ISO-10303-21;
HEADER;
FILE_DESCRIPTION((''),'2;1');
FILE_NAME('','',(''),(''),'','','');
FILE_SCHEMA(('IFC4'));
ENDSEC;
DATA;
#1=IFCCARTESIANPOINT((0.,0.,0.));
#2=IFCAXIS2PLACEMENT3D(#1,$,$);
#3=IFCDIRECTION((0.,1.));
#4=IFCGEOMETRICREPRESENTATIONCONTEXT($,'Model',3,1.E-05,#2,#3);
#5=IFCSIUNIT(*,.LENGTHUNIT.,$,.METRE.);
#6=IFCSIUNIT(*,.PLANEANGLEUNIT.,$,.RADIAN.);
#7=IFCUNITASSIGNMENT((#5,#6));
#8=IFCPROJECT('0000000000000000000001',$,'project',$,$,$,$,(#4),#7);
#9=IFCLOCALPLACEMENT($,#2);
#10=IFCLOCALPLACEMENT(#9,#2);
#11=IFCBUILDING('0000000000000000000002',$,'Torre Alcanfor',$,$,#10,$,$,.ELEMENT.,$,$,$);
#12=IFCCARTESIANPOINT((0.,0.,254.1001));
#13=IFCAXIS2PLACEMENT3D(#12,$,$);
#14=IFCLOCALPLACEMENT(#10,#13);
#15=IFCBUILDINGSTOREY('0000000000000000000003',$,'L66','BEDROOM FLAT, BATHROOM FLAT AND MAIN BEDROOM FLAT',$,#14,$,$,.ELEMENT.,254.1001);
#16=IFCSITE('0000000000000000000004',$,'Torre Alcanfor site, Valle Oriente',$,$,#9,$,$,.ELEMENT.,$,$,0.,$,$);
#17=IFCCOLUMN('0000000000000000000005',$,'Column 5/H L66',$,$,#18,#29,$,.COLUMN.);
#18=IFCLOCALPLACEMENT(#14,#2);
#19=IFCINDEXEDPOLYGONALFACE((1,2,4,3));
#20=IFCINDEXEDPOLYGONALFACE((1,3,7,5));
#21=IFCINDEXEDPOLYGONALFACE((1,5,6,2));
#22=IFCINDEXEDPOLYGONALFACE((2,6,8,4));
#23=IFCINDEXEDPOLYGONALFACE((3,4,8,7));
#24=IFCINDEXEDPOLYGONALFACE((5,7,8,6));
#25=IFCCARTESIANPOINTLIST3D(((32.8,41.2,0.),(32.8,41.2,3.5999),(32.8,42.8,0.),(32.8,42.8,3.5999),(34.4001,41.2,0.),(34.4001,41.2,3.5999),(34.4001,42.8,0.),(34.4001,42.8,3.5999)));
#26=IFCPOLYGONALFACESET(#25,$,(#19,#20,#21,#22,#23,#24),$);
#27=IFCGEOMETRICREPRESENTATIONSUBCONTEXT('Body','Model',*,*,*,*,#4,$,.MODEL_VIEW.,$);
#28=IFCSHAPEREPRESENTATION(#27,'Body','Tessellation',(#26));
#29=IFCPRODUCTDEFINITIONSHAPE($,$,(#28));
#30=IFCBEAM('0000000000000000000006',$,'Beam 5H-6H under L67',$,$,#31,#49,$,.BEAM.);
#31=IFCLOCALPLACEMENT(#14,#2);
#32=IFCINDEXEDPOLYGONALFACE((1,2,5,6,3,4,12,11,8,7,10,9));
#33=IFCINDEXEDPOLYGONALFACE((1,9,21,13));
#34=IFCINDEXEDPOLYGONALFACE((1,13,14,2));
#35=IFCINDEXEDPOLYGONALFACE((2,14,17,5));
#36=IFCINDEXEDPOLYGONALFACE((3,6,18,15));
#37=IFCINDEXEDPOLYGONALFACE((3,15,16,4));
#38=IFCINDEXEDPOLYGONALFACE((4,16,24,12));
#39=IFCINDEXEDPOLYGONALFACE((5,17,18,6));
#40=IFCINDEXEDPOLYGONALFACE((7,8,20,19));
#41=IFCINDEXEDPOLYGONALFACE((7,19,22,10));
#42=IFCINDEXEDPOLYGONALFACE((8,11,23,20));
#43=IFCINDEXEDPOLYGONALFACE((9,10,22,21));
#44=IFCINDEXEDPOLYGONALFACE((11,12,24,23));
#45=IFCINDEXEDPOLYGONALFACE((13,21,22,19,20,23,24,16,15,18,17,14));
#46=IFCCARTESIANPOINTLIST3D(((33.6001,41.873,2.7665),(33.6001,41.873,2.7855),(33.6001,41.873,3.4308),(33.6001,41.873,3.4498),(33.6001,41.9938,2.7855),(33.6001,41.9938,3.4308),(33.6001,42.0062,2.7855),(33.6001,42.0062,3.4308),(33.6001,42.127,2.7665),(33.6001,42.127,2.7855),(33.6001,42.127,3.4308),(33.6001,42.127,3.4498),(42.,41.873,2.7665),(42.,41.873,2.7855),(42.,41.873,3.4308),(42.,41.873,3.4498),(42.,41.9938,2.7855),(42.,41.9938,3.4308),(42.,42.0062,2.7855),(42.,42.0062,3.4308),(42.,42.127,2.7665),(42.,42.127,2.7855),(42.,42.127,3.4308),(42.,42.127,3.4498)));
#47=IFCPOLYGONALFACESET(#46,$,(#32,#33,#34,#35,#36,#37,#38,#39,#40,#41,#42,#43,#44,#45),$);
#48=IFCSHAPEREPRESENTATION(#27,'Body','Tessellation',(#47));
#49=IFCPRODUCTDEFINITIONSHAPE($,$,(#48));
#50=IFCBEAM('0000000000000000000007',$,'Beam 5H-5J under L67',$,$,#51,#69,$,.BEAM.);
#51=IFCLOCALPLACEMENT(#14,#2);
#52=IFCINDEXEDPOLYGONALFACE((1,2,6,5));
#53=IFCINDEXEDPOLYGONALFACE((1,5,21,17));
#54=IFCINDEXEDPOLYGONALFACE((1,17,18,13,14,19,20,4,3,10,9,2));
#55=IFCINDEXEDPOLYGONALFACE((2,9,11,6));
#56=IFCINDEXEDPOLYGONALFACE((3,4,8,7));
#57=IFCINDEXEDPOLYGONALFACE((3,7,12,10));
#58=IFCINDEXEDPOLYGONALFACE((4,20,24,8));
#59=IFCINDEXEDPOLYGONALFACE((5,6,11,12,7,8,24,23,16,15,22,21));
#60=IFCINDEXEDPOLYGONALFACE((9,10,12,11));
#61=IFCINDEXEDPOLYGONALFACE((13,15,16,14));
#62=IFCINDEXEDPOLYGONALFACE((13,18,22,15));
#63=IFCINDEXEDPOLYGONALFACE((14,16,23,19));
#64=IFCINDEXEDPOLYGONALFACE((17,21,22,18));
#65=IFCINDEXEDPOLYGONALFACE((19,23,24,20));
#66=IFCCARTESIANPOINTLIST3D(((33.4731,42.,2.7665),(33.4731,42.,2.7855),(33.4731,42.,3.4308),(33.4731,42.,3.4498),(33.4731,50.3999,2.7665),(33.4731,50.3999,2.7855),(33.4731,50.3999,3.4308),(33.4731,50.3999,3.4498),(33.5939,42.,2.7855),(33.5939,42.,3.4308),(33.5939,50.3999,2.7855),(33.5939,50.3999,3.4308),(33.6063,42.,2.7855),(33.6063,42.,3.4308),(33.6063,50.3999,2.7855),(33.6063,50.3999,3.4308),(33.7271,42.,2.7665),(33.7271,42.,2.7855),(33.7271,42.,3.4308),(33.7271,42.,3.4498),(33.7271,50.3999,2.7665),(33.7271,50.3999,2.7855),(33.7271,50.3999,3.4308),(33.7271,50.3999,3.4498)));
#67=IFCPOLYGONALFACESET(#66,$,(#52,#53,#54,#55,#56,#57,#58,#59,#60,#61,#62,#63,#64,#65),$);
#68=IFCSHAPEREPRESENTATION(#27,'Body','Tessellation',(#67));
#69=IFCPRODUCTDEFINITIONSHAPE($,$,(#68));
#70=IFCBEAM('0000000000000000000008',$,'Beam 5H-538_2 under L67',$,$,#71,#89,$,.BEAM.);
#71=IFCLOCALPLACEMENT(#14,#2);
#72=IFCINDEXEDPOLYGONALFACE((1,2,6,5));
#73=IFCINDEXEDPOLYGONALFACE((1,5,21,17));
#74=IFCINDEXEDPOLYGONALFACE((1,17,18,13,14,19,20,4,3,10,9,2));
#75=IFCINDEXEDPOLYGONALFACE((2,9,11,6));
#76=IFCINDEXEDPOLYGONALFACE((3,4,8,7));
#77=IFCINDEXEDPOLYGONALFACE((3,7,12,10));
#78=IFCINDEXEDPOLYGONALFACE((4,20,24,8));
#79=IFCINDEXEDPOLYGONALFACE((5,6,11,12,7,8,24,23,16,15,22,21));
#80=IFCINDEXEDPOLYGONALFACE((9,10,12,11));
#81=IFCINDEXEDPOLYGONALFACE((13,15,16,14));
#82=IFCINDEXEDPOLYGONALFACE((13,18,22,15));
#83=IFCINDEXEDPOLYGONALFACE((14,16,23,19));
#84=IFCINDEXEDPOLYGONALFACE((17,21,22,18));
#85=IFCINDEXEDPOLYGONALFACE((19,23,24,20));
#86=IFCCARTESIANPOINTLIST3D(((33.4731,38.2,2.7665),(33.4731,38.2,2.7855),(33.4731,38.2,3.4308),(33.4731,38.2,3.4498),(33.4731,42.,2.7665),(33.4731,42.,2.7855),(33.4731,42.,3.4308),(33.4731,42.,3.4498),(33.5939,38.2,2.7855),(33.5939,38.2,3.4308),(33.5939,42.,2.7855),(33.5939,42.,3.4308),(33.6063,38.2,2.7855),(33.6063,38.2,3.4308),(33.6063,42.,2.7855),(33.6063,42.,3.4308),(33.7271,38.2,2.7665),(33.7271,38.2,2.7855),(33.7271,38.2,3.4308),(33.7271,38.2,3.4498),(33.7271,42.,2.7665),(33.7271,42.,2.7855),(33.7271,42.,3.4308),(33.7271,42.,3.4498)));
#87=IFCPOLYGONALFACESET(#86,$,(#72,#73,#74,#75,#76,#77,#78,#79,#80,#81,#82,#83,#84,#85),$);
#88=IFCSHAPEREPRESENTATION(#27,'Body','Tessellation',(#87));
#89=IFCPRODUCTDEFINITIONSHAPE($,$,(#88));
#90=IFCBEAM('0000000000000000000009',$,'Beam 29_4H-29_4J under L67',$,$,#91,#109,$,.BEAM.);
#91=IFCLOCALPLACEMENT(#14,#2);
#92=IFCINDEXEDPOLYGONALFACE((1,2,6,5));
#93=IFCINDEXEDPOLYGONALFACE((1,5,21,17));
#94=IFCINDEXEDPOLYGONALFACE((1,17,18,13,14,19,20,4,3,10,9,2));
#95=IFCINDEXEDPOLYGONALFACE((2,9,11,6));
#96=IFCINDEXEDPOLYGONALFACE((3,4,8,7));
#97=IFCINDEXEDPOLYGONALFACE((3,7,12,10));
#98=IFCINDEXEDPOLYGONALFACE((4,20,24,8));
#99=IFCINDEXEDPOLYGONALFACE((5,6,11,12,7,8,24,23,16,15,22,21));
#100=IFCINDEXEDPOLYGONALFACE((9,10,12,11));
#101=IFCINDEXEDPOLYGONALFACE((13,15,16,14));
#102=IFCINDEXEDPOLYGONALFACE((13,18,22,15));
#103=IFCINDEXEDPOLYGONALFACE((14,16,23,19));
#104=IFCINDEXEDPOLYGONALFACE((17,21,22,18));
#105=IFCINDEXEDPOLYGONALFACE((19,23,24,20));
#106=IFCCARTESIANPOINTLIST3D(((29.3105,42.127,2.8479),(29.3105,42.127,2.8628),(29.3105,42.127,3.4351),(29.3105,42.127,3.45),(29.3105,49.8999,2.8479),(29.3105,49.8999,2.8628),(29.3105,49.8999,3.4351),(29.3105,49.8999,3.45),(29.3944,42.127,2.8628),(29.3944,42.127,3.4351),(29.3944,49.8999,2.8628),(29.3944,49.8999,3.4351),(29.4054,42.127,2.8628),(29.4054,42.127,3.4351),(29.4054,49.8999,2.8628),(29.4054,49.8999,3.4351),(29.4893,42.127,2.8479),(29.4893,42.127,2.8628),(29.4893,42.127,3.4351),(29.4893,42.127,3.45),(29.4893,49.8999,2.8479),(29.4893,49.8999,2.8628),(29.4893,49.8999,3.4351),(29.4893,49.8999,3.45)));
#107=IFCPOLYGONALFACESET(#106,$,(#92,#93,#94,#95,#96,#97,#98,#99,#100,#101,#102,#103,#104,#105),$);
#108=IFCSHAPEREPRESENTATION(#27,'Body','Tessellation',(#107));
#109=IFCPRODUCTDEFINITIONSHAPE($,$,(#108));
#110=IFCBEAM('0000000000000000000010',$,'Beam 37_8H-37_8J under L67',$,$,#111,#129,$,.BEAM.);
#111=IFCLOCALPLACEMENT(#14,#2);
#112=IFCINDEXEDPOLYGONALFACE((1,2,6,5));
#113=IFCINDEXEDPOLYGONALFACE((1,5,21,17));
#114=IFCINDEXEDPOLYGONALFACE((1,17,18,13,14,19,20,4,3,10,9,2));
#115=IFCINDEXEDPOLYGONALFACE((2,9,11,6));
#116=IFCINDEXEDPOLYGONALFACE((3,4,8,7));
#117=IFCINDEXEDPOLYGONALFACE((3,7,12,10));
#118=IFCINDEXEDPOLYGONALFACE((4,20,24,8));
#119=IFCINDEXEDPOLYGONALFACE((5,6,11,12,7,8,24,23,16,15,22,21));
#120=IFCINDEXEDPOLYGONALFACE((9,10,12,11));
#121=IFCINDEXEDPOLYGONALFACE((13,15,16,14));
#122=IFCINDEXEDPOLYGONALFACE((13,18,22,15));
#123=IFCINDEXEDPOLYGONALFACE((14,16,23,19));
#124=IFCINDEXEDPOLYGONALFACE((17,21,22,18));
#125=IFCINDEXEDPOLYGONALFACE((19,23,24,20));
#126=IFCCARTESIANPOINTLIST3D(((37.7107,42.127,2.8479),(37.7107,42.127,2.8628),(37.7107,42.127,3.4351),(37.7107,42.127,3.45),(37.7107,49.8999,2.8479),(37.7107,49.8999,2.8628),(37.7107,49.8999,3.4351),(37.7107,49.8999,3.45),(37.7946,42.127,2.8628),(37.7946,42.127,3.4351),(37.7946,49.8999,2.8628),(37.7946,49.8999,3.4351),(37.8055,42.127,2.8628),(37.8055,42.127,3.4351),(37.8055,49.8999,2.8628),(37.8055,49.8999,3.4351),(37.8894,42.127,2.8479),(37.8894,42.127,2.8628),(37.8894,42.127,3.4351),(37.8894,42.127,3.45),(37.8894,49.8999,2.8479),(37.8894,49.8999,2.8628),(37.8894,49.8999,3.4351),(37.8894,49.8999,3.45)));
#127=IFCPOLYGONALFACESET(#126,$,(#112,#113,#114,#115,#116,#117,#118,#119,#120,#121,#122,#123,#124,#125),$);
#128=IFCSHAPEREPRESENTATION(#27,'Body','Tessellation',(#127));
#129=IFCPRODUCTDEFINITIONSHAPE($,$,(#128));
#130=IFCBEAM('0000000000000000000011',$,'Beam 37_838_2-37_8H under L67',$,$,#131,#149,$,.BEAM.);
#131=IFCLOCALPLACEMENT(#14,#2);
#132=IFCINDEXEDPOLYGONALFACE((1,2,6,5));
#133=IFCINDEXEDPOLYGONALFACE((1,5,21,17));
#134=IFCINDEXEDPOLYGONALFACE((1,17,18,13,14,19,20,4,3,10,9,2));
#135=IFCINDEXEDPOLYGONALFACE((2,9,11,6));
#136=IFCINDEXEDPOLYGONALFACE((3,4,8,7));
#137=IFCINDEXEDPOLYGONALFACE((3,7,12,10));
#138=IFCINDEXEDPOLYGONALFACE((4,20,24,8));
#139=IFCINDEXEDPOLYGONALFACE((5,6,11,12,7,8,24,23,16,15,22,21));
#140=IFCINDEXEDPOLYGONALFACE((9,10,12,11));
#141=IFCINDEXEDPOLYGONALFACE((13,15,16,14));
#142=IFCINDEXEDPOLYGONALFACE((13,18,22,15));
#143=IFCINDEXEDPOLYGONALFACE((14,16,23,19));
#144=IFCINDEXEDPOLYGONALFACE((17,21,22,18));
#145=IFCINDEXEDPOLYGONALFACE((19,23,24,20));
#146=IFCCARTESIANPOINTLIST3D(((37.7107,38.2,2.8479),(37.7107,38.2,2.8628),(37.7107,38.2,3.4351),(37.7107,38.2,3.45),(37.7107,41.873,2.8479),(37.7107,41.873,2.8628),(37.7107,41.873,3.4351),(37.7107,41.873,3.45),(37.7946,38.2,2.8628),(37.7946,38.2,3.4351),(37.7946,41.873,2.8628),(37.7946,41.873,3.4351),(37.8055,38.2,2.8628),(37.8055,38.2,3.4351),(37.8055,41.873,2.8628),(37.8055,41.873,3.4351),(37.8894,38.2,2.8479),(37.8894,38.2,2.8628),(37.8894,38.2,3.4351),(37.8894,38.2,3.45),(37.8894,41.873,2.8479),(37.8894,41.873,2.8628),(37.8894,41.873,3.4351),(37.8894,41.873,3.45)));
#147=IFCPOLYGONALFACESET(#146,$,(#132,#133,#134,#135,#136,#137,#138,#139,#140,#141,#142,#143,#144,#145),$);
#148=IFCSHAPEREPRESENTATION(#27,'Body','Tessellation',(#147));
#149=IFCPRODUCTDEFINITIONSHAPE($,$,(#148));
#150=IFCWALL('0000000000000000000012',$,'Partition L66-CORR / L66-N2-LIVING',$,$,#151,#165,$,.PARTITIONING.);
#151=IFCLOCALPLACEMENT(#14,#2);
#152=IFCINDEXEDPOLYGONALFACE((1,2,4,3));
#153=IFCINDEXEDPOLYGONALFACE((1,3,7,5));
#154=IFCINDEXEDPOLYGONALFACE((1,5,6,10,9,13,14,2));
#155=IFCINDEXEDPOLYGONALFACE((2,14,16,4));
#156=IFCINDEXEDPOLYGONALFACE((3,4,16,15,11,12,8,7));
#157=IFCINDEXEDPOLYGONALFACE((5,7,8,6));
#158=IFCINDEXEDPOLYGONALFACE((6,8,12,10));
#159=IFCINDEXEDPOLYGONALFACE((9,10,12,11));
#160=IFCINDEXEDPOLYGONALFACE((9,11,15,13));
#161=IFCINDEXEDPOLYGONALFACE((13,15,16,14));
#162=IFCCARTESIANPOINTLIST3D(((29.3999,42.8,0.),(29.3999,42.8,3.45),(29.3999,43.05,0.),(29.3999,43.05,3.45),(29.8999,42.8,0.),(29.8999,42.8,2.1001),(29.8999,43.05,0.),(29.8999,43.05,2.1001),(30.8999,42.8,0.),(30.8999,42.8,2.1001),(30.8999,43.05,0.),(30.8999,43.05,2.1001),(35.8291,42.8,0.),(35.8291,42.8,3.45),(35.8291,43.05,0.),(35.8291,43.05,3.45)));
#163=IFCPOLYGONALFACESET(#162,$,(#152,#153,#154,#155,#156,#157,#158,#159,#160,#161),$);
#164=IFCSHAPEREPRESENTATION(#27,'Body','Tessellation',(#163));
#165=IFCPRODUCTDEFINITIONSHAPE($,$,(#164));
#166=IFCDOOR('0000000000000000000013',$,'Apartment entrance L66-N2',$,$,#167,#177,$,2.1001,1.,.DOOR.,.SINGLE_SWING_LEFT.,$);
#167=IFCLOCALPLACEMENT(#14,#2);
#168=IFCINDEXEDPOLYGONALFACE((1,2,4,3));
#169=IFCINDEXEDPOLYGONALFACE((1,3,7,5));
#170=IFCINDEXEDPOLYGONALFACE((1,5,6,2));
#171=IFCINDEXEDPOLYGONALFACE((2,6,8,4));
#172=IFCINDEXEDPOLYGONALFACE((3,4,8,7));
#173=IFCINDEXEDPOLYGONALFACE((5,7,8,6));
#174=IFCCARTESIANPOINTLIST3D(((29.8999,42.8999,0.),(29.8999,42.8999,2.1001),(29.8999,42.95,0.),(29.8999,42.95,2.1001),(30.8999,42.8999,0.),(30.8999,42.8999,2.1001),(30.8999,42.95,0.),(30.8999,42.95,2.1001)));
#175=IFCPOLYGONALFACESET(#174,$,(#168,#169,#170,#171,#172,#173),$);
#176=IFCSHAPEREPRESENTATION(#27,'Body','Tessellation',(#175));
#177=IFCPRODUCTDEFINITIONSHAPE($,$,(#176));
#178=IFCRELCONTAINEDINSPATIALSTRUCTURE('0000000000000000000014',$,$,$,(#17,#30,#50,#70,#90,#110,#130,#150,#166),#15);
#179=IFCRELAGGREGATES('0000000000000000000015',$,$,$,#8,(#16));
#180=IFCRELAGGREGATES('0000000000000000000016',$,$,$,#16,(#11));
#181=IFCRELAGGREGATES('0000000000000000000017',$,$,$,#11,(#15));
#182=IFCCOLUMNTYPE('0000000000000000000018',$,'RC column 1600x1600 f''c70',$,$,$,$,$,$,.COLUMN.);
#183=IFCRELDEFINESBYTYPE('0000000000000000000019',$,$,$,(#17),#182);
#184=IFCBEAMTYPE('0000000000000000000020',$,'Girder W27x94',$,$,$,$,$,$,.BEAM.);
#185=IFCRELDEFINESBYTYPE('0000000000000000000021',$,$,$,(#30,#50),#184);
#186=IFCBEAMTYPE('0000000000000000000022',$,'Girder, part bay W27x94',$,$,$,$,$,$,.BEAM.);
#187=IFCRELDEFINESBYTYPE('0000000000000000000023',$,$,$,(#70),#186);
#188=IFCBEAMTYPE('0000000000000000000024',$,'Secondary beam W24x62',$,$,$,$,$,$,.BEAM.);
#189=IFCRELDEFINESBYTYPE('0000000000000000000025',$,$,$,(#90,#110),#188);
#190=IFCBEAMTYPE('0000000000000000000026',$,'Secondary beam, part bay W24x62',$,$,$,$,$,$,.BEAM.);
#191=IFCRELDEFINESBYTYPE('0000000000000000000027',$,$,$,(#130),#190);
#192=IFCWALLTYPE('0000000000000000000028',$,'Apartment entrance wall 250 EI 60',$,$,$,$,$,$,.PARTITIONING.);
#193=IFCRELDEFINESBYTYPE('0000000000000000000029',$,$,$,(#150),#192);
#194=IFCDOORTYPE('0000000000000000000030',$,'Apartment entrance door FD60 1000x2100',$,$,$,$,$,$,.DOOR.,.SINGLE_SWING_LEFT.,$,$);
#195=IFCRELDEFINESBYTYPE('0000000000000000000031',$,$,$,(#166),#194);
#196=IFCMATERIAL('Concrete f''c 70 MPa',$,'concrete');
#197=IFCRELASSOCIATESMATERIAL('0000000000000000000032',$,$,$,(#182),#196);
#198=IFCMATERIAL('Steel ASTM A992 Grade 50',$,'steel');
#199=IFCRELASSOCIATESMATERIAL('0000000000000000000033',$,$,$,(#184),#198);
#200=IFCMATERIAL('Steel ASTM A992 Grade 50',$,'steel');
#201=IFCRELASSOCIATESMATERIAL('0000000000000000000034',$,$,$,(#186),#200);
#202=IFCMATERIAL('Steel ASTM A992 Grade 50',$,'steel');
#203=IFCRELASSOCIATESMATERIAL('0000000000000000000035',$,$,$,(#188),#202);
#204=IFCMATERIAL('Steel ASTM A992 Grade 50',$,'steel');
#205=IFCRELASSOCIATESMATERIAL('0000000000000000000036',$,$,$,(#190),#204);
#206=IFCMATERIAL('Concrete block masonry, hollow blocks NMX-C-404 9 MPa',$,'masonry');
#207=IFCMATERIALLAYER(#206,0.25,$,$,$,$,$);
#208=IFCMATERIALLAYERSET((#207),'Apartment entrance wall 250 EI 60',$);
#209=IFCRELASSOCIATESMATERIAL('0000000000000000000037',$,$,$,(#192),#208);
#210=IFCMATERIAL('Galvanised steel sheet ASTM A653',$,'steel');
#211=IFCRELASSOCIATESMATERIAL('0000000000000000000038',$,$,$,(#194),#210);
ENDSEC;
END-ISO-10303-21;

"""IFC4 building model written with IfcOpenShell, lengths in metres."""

from ifc_helpers import new_model, si_unit, direction, frame, frame_2d, origin, origin_2d, place, context, subcontext, project, spatial, rectangle, i_section, extrude, material, layer, layer_set, material_profile, profile_set, type_object, element, fill, save


model = new_model("IFC4")

# Units and contexts
model_context = context("Model", 3, precision=1e-05, world=origin(), true_north=direction((0.0, 1.0)))
body_context = subcontext(model_context, "Body", "Model", "MODEL_VIEW")
ifc_project = project(units=[si_unit("LENGTHUNIT", "METRE"), si_unit("PLANEANGLEUNIT", "RADIAN")], contexts=[model_context])

# Site, building, storey
site_placement = place(None, origin())
site = spatial("IfcSite", under=ifc_project, at=site_placement, Name="Torre Alcanfor site, Valle Oriente", CompositionType="ELEMENT", RefElevation=0.0)
building_placement = place(site_placement, origin())
building = spatial("IfcBuilding", under=site, at=building_placement, Name="Torre Alcanfor", CompositionType="ELEMENT")
storey_placement = place(building_placement, frame((0.0, 0.0, 254.1001)))
storey = spatial("IfcBuildingStorey", under=building, at=storey_placement, Name="L66", Description="BEDROOM FLAT, BATHROOM FLAT AND MAIN BEDROOM FLAT", CompositionType="ELEMENT", Elevation=254.1001)

# Column
ifc_material_1 = material(Name="Concrete f'c 70 MPa", Category="concrete")
ifc_material_profile_1 = material_profile(ifc_material_1, rectangle(XDim=1.6001, YDim=1.6001, at=origin_2d()), Name="1600x1600")
ifc_profile_set_1 = profile_set([ifc_material_profile_1], Name="Concrete f'c 70 MPa")
column_type = type_object("IfcColumnType", Name="RC column 1600x1600 f'c70", PredefinedType="COLUMN", material=ifc_profile_set_1)
column_placement = place(storey_placement, frame((33.6001, 42.0, 0.0), z_axis=(0.0, 0.0, 1.0), x_axis=(1.0, 0.0, 0.0)))
element("IfcColumn", 1, at=column_placement, inside=storey, type_object=column_type, Name="Column 5/H L66", PredefinedType="COLUMN", context=body_context, shape_type="SweptSolid", body=[
    extrude(rectangle(XDim=1.6001, YDim=1.6001, at=origin_2d()), origin(), (0.0, 0.0, 1.0), 3.5999),
])

# Beams
ifc_material_2 = material(Name="Steel ASTM A992 Grade 50", Category="steel")
ifc_material_profile_2 = material_profile(ifc_material_2, i_section(OverallWidth=0.2539, OverallDepth=0.6833, WebThickness=0.0125, FlangeThickness=0.019, at=origin_2d()), Name="W27x94")
ifc_profile_set_2 = profile_set([ifc_material_profile_2], Name="Steel ASTM A992 Grade 50")
beam_type_1 = type_object("IfcBeamType", Name="Girder W27x94", PredefinedType="BEAM", material=ifc_profile_set_2)
for number, where, z_axis, x_axis, name in (
    (2, (33.6001, 42.0, 3.1082), (1.0, 0.0, 0.0), (0.0, 1.0, 0.0), "Beam 5H-6H under L67"),
    (3, (33.6001, 42.0, 3.1082), (0.0, 1.0, 0.0), (-1.0, 0.0, 0.0), "Beam 5H-5J under L67"),
):
    element("IfcBeam", number, at=place(storey_placement, frame(where, z_axis=z_axis, x_axis=x_axis)), inside=storey, type_object=beam_type_1, Name=name, PredefinedType="BEAM", context=body_context, shape_type="SweptSolid", body=[
        extrude(i_section(OverallWidth=0.2539, OverallDepth=0.6833, WebThickness=0.0125, FlangeThickness=0.019, at=origin_2d()), origin(), (0.0, 0.0, 1.0), 8.3999),
    ])
ifc_material_3 = material(Name="Steel ASTM A992 Grade 50", Category="steel")
ifc_material_profile_3 = material_profile(ifc_material_3, i_section(OverallWidth=0.2539, OverallDepth=0.6833, WebThickness=0.0125, FlangeThickness=0.019, at=origin_2d()), Name="W27x94")
ifc_profile_set_3 = profile_set([ifc_material_profile_3], Name="Steel ASTM A992 Grade 50")
beam_type_2 = type_object("IfcBeamType", Name="Girder, part bay W27x94", PredefinedType="BEAM", material=ifc_profile_set_3)
beam_1_placement = place(storey_placement, frame((33.6001, 42.0, 3.1082), z_axis=(0.0, -1.0, 0.0), x_axis=(1.0, 0.0, 0.0)))
element("IfcBeam", 4, at=beam_1_placement, inside=storey, type_object=beam_type_2, Name="Beam 5H-538_2 under L67", PredefinedType="BEAM", context=body_context, shape_type="SweptSolid", body=[
    extrude(i_section(OverallWidth=0.2539, OverallDepth=0.6833, WebThickness=0.0125, FlangeThickness=0.019, at=origin_2d()), origin(), (0.0, 0.0, 1.0), 3.8),
])
ifc_material_4 = material(Name="Steel ASTM A992 Grade 50", Category="steel")
ifc_material_profile_4 = material_profile(ifc_material_4, i_section(OverallWidth=0.1787, OverallDepth=0.6021, WebThickness=0.011, FlangeThickness=0.0149, at=origin_2d()), Name="W24x62")
ifc_profile_set_4 = profile_set([ifc_material_profile_4], Name="Steel ASTM A992 Grade 50")
beam_type_3 = type_object("IfcBeamType", Name="Secondary beam W24x62", PredefinedType="BEAM", material=ifc_profile_set_4)
for number, where, z_axis, x_axis, name in (
    (5, (29.3999, 42.127, 3.1489), (0.0, 1.0, 0.0), (-1.0, 0.0, 0.0), "Beam 29_4H-29_4J under L67"),
    (6, (37.8, 42.127, 3.1489), (0.0, 1.0, 0.0), (-1.0, 0.0, 0.0), "Beam 37_8H-37_8J under L67"),
):
    element("IfcBeam", number, at=place(storey_placement, frame(where, z_axis=z_axis, x_axis=x_axis)), inside=storey, type_object=beam_type_3, Name=name, PredefinedType="BEAM", context=body_context, shape_type="SweptSolid", body=[
        extrude(i_section(OverallWidth=0.1787, OverallDepth=0.6021, WebThickness=0.011, FlangeThickness=0.0149, at=origin_2d()), origin(), (0.0, 0.0, 1.0), 7.7729),
    ])
ifc_material_5 = material(Name="Steel ASTM A992 Grade 50", Category="steel")
ifc_material_profile_5 = material_profile(ifc_material_5, i_section(OverallWidth=0.1787, OverallDepth=0.6021, WebThickness=0.011, FlangeThickness=0.0149, at=origin_2d()), Name="W24x62")
ifc_profile_set_5 = profile_set([ifc_material_profile_5], Name="Steel ASTM A992 Grade 50")
beam_type_4 = type_object("IfcBeamType", Name="Secondary beam, part bay W24x62", PredefinedType="BEAM", material=ifc_profile_set_5)
beam_2_placement = place(storey_placement, frame((37.8, 38.2, 3.1489), z_axis=(0.0, 1.0, 0.0), x_axis=(-1.0, 0.0, 0.0)))
element("IfcBeam", 7, at=beam_2_placement, inside=storey, type_object=beam_type_4, Name="Beam 37_838_2-37_8H under L67", PredefinedType="BEAM", context=body_context, shape_type="SweptSolid", body=[
    extrude(i_section(OverallWidth=0.1787, OverallDepth=0.6021, WebThickness=0.011, FlangeThickness=0.0149, at=origin_2d()), origin(), (0.0, 0.0, 1.0), 3.6731),
])

# Wall, opening, door
ifc_material_6 = material(Name="Concrete block masonry, hollow blocks NMX-C-404 9 MPa", Category="masonry")
ifc_layer_1 = layer(ifc_material_6, 0.25)
ifc_layer_set_1 = layer_set([ifc_layer_1], Name="Apartment entrance wall 250 EI 60")
wall_type_1 = type_object("IfcWallType", Name="Apartment entrance wall 250 EI 60", PredefinedType="PARTITIONING", material=ifc_layer_set_1)
wall_1_placement = place(storey_placement, frame((29.3999, 42.925, 0.0), z_axis=(0.0, 0.0, 1.0), x_axis=(1.0, 0.0, 0.0)))
wall_1 = element("IfcWall", 8, at=wall_1_placement, inside=storey, type_object=wall_type_1, Name="Partition L66-CORR / L66-N2-LIVING", PredefinedType="PARTITIONING", context=body_context, shape_type="SweptSolid", body=[
    extrude(rectangle(XDim=6.4292, YDim=0.25, at=frame_2d((3.2146, 0.0))), origin(), (0.0, 0.0, 1.0), 3.45),
])
opening_1_placement = place(wall_1_placement, frame((0.5, 0.0, 0.0)))
opening_1 = element("IfcOpeningElement", 9, at=opening_1_placement, cuts=wall_1, PredefinedType="OPENING", context=body_context, shape_type="SweptSolid", body=[
    extrude(rectangle(XDim=1.0, YDim=2.1001, at=frame_2d((0.5, 1.05))), frame((0.0, 0.135, 0.0), z_axis=(0.0, -1.0, 0.0), x_axis=(1.0, 0.0, 0.0)), (0.0, 0.0, 1.0), 0.27),
])
ifc_material_7 = material(Name="Galvanised steel sheet ASTM A653", Category="steel")
door_type_1 = type_object("IfcDoorType", Name="Apartment entrance door FD60 1000x2100", OperationType="SINGLE_SWING_LEFT", PredefinedType="DOOR", material=ifc_material_7)
door_1_placement = place(opening_1_placement, origin())
door_1 = element("IfcDoor", 10, at=door_1_placement, inside=storey, type_object=door_type_1, Name="Apartment entrance L66-N2", OperationType="SINGLE_SWING_LEFT", OverallHeight=2.1001, OverallWidth=1.0, PredefinedType="DOOR", context=body_context, shape_type="SweptSolid", body=[
    extrude(rectangle(XDim=1.0, YDim=2.1001, at=frame_2d((0.5, 1.05))), frame((0.0, 0.0249, 0.0), z_axis=(0.0, -1.0, 0.0), x_axis=(1.0, 0.0, 0.0)), (0.0, 0.0, 1.0), 0.05),
])
fill(opening_1, door_1)

save(model, "model.ifc")
